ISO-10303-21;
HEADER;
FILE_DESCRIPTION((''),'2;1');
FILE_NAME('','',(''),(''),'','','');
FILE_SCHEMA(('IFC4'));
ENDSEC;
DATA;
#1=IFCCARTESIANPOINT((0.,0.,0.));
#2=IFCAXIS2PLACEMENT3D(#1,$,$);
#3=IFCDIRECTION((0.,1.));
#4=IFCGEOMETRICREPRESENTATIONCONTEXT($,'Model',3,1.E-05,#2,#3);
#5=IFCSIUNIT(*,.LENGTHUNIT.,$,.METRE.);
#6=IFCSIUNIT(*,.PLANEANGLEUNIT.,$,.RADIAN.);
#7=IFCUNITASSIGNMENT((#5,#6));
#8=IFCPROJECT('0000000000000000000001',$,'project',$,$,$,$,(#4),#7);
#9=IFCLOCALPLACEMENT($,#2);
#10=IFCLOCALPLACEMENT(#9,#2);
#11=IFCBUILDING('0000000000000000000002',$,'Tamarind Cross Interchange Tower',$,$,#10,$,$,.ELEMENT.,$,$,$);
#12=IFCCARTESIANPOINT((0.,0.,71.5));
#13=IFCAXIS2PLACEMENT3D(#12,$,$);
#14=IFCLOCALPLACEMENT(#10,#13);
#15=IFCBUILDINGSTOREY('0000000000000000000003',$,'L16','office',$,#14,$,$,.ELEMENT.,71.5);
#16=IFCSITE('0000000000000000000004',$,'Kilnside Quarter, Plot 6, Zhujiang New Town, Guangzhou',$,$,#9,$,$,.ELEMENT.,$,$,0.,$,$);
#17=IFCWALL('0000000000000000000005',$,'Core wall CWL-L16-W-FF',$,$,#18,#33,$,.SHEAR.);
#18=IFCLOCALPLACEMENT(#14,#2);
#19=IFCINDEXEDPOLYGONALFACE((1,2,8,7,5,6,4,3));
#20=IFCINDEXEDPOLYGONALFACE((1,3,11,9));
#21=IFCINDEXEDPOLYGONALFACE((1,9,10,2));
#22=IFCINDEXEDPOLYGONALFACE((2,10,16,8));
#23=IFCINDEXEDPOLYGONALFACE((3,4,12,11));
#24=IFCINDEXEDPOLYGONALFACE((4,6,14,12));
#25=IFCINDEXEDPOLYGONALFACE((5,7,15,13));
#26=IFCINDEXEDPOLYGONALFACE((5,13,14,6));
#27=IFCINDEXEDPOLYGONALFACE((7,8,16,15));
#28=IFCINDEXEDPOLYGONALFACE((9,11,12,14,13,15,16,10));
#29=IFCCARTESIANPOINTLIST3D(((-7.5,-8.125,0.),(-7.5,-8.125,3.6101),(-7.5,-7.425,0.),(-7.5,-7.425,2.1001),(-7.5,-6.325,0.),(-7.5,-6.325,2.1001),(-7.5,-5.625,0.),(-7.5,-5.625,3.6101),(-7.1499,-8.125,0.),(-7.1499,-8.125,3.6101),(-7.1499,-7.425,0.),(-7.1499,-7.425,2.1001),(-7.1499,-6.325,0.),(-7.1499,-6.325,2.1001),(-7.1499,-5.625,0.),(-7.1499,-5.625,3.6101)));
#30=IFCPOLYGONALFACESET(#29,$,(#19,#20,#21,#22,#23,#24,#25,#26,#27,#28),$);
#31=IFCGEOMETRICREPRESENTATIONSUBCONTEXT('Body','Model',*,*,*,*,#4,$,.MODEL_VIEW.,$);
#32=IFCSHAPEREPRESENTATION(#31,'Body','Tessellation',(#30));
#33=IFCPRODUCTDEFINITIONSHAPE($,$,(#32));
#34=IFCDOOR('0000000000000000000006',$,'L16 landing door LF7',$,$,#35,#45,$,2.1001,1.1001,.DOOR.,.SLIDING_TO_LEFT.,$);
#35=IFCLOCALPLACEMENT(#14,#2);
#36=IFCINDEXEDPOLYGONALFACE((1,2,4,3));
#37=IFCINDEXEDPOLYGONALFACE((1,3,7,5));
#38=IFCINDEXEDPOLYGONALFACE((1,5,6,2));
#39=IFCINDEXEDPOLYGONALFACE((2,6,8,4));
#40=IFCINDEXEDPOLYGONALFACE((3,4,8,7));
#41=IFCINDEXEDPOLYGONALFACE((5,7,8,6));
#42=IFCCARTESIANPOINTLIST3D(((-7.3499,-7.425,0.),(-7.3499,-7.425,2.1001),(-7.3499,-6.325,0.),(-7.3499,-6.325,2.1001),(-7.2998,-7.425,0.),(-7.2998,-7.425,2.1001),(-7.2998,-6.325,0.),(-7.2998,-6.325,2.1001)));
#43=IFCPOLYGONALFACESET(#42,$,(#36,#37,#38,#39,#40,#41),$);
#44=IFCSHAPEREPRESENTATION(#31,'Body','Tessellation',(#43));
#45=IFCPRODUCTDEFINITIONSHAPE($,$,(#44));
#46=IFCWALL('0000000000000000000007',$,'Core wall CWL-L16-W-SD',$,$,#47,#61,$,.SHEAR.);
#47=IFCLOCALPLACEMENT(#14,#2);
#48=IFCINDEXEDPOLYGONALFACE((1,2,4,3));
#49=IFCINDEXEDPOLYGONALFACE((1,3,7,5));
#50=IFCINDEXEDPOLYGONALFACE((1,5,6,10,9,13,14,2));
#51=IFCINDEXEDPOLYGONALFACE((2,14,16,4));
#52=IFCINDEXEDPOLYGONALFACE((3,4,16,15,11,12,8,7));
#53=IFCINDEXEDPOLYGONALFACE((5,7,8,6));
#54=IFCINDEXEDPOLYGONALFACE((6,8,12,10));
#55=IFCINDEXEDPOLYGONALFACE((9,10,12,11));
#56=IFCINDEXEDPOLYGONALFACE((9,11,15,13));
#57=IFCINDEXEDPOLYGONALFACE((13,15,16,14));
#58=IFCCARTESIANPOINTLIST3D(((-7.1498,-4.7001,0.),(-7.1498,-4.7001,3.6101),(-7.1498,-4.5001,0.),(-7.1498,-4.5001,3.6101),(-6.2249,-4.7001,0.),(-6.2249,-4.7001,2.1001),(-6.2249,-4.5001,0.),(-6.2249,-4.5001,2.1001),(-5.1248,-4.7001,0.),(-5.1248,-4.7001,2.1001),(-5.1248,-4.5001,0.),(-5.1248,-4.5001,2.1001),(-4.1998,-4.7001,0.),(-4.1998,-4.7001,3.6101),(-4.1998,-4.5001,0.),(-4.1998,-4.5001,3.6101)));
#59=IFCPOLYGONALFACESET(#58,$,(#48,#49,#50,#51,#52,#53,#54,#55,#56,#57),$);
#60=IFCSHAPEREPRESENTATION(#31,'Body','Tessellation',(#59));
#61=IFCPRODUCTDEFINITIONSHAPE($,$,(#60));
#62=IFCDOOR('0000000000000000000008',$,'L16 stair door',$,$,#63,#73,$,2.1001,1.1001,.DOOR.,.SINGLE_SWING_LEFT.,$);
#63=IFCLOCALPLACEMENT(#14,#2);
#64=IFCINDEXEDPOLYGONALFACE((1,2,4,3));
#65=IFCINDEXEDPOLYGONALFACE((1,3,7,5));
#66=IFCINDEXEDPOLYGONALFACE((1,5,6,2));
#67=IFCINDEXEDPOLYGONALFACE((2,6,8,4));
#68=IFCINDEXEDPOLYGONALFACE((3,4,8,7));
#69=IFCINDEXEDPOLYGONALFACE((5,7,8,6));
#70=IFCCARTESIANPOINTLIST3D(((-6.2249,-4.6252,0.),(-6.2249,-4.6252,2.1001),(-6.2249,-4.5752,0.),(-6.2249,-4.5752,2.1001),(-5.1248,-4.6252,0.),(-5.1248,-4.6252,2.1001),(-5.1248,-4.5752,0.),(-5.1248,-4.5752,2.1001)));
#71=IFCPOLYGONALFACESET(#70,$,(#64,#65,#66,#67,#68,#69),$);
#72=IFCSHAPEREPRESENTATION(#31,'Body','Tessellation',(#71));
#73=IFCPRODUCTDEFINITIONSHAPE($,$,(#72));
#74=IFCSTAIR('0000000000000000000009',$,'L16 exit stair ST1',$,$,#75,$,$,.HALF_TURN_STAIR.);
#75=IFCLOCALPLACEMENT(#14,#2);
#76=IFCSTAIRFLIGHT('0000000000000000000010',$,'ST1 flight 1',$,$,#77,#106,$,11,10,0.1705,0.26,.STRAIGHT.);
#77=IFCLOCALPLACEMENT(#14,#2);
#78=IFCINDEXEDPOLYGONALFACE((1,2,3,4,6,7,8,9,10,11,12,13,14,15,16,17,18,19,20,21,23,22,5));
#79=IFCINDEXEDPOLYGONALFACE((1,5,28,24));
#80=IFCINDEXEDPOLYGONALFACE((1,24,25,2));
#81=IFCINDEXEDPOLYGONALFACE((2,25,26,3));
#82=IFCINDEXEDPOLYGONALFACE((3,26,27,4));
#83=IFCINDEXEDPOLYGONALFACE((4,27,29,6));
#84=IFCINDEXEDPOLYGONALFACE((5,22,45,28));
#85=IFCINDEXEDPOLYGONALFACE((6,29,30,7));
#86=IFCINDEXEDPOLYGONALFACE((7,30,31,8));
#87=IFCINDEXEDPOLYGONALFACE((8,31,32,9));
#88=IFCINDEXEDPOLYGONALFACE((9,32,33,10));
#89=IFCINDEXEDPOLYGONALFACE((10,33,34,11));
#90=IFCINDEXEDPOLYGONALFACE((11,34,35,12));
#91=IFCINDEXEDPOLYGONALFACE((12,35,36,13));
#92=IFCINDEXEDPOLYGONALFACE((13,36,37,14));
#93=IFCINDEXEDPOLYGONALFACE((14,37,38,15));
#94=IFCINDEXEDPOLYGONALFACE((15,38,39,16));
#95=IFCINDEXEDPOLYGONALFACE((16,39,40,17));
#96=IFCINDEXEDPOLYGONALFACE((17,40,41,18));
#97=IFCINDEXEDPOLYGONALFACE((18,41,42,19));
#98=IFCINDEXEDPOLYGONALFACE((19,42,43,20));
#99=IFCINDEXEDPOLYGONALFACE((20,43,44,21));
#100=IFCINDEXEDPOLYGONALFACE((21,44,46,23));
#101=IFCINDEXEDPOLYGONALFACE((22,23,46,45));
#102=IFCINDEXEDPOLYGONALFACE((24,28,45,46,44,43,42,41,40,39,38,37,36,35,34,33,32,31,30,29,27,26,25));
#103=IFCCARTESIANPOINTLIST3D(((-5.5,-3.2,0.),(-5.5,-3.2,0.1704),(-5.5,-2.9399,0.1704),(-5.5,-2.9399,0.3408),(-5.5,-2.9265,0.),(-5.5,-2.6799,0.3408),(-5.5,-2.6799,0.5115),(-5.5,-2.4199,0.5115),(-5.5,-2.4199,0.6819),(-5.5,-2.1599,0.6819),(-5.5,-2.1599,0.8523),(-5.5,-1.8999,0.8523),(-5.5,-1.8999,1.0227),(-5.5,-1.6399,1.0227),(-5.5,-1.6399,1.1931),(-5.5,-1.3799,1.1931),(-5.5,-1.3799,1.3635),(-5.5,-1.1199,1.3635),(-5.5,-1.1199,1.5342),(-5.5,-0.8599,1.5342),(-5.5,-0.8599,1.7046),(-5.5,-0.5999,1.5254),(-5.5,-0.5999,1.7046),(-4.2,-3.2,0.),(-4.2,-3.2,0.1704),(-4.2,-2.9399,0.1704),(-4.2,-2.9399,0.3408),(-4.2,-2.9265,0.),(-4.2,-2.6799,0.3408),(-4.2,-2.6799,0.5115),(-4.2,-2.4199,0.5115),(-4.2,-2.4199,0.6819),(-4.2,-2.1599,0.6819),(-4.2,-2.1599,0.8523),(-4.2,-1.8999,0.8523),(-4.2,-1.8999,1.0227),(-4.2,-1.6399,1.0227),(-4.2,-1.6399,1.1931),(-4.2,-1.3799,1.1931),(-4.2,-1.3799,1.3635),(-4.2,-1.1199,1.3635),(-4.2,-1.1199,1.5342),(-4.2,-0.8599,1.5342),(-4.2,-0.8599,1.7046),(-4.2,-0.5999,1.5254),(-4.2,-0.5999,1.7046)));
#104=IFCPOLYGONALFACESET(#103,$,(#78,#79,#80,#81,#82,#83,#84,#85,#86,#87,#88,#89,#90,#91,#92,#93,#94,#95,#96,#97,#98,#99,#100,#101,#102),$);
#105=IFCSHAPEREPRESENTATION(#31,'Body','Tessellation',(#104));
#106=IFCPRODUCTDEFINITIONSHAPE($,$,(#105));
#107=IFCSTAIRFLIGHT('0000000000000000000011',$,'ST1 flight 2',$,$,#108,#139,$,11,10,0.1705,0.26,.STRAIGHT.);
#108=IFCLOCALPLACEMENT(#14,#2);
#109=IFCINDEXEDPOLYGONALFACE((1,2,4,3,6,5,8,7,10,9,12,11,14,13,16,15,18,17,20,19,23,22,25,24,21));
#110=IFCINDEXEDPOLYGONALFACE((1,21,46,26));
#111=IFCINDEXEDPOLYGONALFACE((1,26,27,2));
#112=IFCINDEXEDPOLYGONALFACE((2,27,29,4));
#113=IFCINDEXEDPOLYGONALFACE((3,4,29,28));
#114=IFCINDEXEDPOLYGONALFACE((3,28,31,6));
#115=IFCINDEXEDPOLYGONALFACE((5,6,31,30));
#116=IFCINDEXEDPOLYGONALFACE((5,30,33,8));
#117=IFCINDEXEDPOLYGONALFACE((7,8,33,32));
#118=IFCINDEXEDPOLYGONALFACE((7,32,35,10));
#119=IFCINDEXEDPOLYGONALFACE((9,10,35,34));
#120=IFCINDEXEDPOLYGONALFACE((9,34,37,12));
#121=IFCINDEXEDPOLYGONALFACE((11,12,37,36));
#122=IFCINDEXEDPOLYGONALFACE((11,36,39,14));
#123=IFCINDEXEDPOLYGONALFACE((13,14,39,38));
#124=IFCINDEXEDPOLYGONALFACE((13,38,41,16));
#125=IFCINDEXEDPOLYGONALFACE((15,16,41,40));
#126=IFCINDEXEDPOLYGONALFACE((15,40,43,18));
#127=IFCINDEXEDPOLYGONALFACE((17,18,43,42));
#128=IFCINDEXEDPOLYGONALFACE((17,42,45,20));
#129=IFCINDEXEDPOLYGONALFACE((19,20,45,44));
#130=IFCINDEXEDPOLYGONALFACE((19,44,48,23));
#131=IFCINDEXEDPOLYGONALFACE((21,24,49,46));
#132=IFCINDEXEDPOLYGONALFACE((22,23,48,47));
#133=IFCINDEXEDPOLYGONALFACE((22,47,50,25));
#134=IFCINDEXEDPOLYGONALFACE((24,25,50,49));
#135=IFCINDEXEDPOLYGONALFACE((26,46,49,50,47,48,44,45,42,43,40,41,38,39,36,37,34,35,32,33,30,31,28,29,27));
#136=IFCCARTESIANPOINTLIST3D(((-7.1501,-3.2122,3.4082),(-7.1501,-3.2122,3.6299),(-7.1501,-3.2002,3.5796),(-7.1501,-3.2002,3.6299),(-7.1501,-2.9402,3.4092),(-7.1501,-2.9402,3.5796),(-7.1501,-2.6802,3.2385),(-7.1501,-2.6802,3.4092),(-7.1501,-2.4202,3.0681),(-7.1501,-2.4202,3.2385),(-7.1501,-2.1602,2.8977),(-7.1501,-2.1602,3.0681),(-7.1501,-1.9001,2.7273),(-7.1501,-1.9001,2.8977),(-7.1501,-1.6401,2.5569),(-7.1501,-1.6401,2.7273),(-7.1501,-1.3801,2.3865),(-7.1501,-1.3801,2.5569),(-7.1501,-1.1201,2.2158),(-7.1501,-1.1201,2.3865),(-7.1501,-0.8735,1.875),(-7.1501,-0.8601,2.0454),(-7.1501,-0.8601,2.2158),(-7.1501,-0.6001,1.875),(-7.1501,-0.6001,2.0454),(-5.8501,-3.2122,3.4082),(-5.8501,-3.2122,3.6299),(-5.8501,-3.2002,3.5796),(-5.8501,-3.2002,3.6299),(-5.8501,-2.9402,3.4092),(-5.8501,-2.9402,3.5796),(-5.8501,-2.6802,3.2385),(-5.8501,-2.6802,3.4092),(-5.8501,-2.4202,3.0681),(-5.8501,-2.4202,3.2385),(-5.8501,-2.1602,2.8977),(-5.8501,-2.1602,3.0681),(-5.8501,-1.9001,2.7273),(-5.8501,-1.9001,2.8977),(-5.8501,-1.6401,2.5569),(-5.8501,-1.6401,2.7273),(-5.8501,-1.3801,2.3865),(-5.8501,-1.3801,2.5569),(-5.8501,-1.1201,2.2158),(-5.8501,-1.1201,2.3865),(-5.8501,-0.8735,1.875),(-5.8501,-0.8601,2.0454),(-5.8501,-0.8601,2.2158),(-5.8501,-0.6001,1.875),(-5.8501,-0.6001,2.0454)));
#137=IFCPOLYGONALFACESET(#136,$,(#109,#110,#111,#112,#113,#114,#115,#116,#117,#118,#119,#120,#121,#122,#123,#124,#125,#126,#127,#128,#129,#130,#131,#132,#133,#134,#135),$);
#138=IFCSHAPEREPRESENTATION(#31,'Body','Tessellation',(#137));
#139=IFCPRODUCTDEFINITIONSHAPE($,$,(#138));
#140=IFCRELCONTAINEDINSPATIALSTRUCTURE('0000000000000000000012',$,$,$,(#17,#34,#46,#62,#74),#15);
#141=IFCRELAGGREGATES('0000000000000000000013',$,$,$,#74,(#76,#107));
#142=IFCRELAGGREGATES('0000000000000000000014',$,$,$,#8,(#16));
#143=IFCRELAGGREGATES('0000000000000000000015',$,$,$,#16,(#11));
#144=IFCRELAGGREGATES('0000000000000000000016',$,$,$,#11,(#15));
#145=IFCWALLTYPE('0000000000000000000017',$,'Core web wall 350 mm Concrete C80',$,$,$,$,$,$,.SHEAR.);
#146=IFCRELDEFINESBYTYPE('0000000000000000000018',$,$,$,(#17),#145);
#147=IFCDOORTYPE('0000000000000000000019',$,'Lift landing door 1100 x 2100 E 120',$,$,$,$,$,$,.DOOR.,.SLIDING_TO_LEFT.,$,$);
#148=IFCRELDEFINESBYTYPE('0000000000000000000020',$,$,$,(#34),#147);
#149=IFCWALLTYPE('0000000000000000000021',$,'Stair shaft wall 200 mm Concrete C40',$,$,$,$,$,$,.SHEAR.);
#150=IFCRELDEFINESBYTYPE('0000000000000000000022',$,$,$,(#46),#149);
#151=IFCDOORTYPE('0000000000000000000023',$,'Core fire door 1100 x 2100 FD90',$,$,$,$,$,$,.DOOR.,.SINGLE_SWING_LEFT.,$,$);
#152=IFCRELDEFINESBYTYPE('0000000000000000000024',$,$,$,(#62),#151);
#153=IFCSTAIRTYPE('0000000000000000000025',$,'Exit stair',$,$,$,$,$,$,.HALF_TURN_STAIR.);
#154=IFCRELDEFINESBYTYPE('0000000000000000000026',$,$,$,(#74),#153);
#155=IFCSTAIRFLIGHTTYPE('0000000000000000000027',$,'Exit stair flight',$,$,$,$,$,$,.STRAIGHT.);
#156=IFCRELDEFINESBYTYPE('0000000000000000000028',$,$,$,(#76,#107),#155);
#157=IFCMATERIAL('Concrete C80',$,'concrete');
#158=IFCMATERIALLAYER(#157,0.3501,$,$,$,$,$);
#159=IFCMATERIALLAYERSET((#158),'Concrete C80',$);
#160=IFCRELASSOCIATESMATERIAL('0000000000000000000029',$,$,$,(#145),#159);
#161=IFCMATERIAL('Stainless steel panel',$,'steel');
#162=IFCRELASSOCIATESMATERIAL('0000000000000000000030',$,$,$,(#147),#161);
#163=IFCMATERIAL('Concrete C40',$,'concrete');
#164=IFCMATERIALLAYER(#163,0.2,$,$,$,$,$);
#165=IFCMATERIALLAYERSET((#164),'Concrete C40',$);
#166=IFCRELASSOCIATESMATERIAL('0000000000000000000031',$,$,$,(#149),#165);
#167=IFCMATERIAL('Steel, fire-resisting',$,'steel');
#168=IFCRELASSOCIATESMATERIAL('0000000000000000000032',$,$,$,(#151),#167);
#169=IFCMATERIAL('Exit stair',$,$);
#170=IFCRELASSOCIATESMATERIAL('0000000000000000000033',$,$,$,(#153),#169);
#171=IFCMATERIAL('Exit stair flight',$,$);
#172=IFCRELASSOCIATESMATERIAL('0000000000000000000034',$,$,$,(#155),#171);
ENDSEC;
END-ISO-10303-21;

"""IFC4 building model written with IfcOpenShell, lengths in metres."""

from ifc_helpers import new_model, si_unit, direction, frame, frame_2d, origin, place, context, subcontext, project, spatial, polyline, rectangle, outline, extrude, material, layer, layer_set, type_object, element, fill, aggregate, save


model = new_model("IFC4")

# Units and contexts
model_context = context("Model", 3, precision=1e-05, world=origin(), true_north=direction((0.0, 1.0)))
body_context = subcontext(model_context, "Body", "Model", "MODEL_VIEW")
ifc_project = project(units=[si_unit("LENGTHUNIT", "METRE"), si_unit("PLANEANGLEUNIT", "RADIAN")], contexts=[model_context])

# Site, building, storey
site_placement = place(None, origin())
site = spatial("IfcSite", under=ifc_project, at=site_placement, Name="Kilnside Quarter, Plot 6, Zhujiang New Town, Guangzhou", CompositionType="ELEMENT", RefElevation=0.0)
building_placement = place(site_placement, origin())
building = spatial("IfcBuilding", under=site, at=building_placement, Name="Tamarind Cross Interchange Tower", CompositionType="ELEMENT")
storey_placement = place(building_placement, frame((0.0, 0.0, 71.5)))
storey = spatial("IfcBuildingStorey", under=building, at=storey_placement, Name="L16", Description="office", CompositionType="ELEMENT", Elevation=71.5)

# Shared definitions
ifc_material_1 = material(Name="Concrete C80", Category="concrete")
ifc_material_2 = material(Name="Steel, fire-resisting", Category="steel")

# Shared definitions
ifc_layer_1 = layer(ifc_material_1, 0.3501)
ifc_layer_set_1 = layer_set([ifc_layer_1], Name="Concrete C80")
wall_type_1 = type_object("IfcWallType", Name="Core web wall 350 mm Concrete C80", PredefinedType="SHEAR", material=ifc_layer_set_1)

# Walls, openings, doors
wall_1_placement = place(storey_placement, frame((-7.325, -8.125, 0.0), z_axis=(0.0, 0.0, 1.0), x_axis=(0.0, 1.0, 0.0)))
wall_1 = element("IfcWall", 1, at=wall_1_placement, inside=storey, type_object=wall_type_1, Name="Core wall CWL-L16-W-FF", PredefinedType="SHEAR", context=body_context, shape_type="SweptSolid", body=[
    extrude(rectangle(XDim=2.5, YDim=0.3501, at=frame_2d((1.25, 0.0))), origin(), (0.0, 0.0, 1.0), 3.6101),
])
opening_1_placement = place(wall_1_placement, frame((0.7, 0.0, 0.0)))
opening_1 = element("IfcOpeningElement", 2, at=opening_1_placement, cuts=wall_1, PredefinedType="OPENING", context=body_context, shape_type="SweptSolid", body=[
    extrude(rectangle(XDim=1.1001, YDim=2.1001, at=frame_2d((0.55, 1.05))), frame((0.0, 0.1851, 0.0), z_axis=(0.0, -1.0, 0.0), x_axis=(1.0, 0.0, 0.0)), (0.0, 0.0, 1.0), 0.3701),
])
ifc_material_3 = material(Name="Stainless steel panel", Category="steel")
door_type_1 = type_object("IfcDoorType", Name="Lift landing door 1100 x 2100 E 120", OperationType="SLIDING_TO_LEFT", PredefinedType="DOOR", material=ifc_material_3)
door_1_placement = place(opening_1_placement, origin())
door_1 = element("IfcDoor", 3, at=door_1_placement, inside=storey, type_object=door_type_1, Name="L16 landing door LF7", OperationType="SLIDING_TO_LEFT", OverallHeight=2.1001, OverallWidth=1.1001, PredefinedType="DOOR", context=body_context, shape_type="SweptSolid", body=[
    extrude(rectangle(XDim=1.1001, YDim=2.1001, at=frame_2d((0.55, 1.05))), frame((0.0, 0.0249, 0.0), z_axis=(0.0, -1.0, 0.0), x_axis=(1.0, 0.0, 0.0)), (0.0, 0.0, 1.0), 0.05),
])
fill(opening_1, door_1)
ifc_material_4 = material(Name="Concrete C40", Category="concrete")
ifc_layer_2 = layer(ifc_material_4, 0.2)
ifc_layer_set_2 = layer_set([ifc_layer_2], Name="Concrete C40")
wall_type_2 = type_object("IfcWallType", Name="Stair shaft wall 200 mm Concrete C40", PredefinedType="SHEAR", material=ifc_layer_set_2)
wall_2_placement = place(storey_placement, frame((-7.1499, -4.6001, 0.0), z_axis=(0.0, 0.0, 1.0), x_axis=(1.0, 0.0, 0.0)))
wall_2 = element("IfcWall", 4, at=wall_2_placement, inside=storey, type_object=wall_type_2, Name="Core wall CWL-L16-W-SD", PredefinedType="SHEAR", context=body_context, shape_type="SweptSolid", body=[
    extrude(rectangle(XDim=2.95, YDim=0.2, at=frame_2d((1.4751, 0.0))), origin(), (0.0, 0.0, 1.0), 3.6101),
])
opening_2_placement = place(wall_2_placement, frame((0.925, 0.0, 0.0)))
opening_2 = element("IfcOpeningElement", 5, at=opening_2_placement, cuts=wall_2, PredefinedType="OPENING", context=body_context, shape_type="SweptSolid", body=[
    extrude(rectangle(XDim=1.1001, YDim=2.1001, at=frame_2d((0.55, 1.05))), frame((0.0, 0.1099, 0.0), z_axis=(0.0, -1.0, 0.0), x_axis=(1.0, 0.0, 0.0)), (0.0, 0.0, 1.0), 0.22),
])
door_type_2 = type_object("IfcDoorType", Name="Core fire door 1100 x 2100 FD90", OperationType="SINGLE_SWING_LEFT", PredefinedType="DOOR", material=ifc_material_2)
door_2_placement = place(opening_2_placement, origin())
door_2 = element("IfcDoor", 6, at=door_2_placement, inside=storey, type_object=door_type_2, Name="L16 stair door", OperationType="SINGLE_SWING_LEFT", OverallHeight=2.1001, OverallWidth=1.1001, PredefinedType="DOOR", context=body_context, shape_type="SweptSolid", body=[
    extrude(rectangle(XDim=1.1001, YDim=2.1001, at=frame_2d((0.55, 1.05))), frame((0.0, 0.0249, 0.0), z_axis=(0.0, -1.0, 0.0), x_axis=(1.0, 0.0, 0.0)), (0.0, 0.0, 1.0), 0.05),
])
fill(opening_2, door_2)

# Stair, stair flights
ifc_material_5 = material(Name="Exit stair")
stair_type = type_object("IfcStairType", Name="Exit stair", PredefinedType="HALF_TURN_STAIR", material=ifc_material_5)
stair_placement = place(storey_placement, origin())
stair = element("IfcStair", 7, at=stair_placement, inside=storey, type_object=stair_type, Name="L16 exit stair ST1", PredefinedType="HALF_TURN_STAIR")
ifc_material_6 = material(Name="Exit stair flight")
stair_flight_type = type_object("IfcStairFlightType", Name="Exit stair flight", PredefinedType="STRAIGHT", material=ifc_material_6)
stair_flight_1_placement = place(storey_placement, frame((-4.8501, -3.2, 0.0), z_axis=(0.0, 0.0, 1.0), x_axis=(0.0, 1.0, 0.0)))
stair_flight_1 = element("IfcStairFlight", 8, at=stair_flight_1_placement, type_object=stair_flight_type, Name="ST1 flight 1", NumberOfRisers=11, NumberOfTreads=10, PredefinedType="STRAIGHT", RiserHeight=0.1705, TreadLength=0.26, context=body_context, shape_type="SweptSolid", body=[
    extrude(outline(polyline([(0.0, 0.0), (0.0, 0.1704), (0.26, 0.1704), (0.26, 0.3408), (0.52, 0.3408), (0.52, 0.5115), (0.78, 0.5115), (0.78, 0.6819), (1.04, 0.6819), (1.04, 0.8523), (1.3, 0.8523), (1.3, 1.0227), (1.5601, 1.0227), (1.5601, 1.1931), (1.8201, 1.1931), (1.8201, 1.3635), (2.0801, 1.3635), (2.0801, 1.5342), (2.3401, 1.5342), (2.3401, 1.7046), (2.6001, 1.7046), (2.6001, 1.875), (2.6001, 1.5254), (0.2734, 0.0), (0.0, 0.0)])), frame((0.0, 0.6499, 0.0), z_axis=(0.0, -1.0, 0.0), x_axis=(1.0, 0.0, 0.0)), (0.0, 0.0, 1.0), 1.3),
])
stair_flight_2_placement = place(storey_placement, frame((-6.5, -0.6001, 1.875), z_axis=(0.0, 0.0, 1.0), x_axis=(0.0, -1.0, 0.0)))
stair_flight_2 = element("IfcStairFlight", 9, at=stair_flight_2_placement, type_object=stair_flight_type, Name="ST1 flight 2", NumberOfRisers=11, NumberOfTreads=10, PredefinedType="STRAIGHT", RiserHeight=0.1705, TreadLength=0.26, context=body_context, shape_type="SweptSolid", body=[
    extrude(outline(polyline([(0.0, 0.0), (0.0, 0.1704), (0.26, 0.1704), (0.26, 0.3408), (0.52, 0.3408), (0.52, 0.5115), (0.78, 0.5115), (0.78, 0.6819), (1.04, 0.6819), (1.04, 0.8523), (1.3, 0.8523), (1.3, 1.0227), (1.5601, 1.0227), (1.5601, 1.1931), (1.8201, 1.1931), (1.8201, 1.3635), (2.0801, 1.3635), (2.0801, 1.5342), (2.3401, 1.5342), (2.3401, 1.7046), (2.6001, 1.7046), (2.6001, 1.7549), (2.6121, 1.7549), (2.6121, 1.5332), (0.2734, 0.0), (0.0, 0.0)])), frame((0.0, 0.6499, 0.0), z_axis=(0.0, -1.0, 0.0), x_axis=(1.0, 0.0, 0.0)), (0.0, 0.0, 1.0), 1.3),
])
aggregate(stair, [stair_flight_1, stair_flight_2])

save(model, "model.ifc")
